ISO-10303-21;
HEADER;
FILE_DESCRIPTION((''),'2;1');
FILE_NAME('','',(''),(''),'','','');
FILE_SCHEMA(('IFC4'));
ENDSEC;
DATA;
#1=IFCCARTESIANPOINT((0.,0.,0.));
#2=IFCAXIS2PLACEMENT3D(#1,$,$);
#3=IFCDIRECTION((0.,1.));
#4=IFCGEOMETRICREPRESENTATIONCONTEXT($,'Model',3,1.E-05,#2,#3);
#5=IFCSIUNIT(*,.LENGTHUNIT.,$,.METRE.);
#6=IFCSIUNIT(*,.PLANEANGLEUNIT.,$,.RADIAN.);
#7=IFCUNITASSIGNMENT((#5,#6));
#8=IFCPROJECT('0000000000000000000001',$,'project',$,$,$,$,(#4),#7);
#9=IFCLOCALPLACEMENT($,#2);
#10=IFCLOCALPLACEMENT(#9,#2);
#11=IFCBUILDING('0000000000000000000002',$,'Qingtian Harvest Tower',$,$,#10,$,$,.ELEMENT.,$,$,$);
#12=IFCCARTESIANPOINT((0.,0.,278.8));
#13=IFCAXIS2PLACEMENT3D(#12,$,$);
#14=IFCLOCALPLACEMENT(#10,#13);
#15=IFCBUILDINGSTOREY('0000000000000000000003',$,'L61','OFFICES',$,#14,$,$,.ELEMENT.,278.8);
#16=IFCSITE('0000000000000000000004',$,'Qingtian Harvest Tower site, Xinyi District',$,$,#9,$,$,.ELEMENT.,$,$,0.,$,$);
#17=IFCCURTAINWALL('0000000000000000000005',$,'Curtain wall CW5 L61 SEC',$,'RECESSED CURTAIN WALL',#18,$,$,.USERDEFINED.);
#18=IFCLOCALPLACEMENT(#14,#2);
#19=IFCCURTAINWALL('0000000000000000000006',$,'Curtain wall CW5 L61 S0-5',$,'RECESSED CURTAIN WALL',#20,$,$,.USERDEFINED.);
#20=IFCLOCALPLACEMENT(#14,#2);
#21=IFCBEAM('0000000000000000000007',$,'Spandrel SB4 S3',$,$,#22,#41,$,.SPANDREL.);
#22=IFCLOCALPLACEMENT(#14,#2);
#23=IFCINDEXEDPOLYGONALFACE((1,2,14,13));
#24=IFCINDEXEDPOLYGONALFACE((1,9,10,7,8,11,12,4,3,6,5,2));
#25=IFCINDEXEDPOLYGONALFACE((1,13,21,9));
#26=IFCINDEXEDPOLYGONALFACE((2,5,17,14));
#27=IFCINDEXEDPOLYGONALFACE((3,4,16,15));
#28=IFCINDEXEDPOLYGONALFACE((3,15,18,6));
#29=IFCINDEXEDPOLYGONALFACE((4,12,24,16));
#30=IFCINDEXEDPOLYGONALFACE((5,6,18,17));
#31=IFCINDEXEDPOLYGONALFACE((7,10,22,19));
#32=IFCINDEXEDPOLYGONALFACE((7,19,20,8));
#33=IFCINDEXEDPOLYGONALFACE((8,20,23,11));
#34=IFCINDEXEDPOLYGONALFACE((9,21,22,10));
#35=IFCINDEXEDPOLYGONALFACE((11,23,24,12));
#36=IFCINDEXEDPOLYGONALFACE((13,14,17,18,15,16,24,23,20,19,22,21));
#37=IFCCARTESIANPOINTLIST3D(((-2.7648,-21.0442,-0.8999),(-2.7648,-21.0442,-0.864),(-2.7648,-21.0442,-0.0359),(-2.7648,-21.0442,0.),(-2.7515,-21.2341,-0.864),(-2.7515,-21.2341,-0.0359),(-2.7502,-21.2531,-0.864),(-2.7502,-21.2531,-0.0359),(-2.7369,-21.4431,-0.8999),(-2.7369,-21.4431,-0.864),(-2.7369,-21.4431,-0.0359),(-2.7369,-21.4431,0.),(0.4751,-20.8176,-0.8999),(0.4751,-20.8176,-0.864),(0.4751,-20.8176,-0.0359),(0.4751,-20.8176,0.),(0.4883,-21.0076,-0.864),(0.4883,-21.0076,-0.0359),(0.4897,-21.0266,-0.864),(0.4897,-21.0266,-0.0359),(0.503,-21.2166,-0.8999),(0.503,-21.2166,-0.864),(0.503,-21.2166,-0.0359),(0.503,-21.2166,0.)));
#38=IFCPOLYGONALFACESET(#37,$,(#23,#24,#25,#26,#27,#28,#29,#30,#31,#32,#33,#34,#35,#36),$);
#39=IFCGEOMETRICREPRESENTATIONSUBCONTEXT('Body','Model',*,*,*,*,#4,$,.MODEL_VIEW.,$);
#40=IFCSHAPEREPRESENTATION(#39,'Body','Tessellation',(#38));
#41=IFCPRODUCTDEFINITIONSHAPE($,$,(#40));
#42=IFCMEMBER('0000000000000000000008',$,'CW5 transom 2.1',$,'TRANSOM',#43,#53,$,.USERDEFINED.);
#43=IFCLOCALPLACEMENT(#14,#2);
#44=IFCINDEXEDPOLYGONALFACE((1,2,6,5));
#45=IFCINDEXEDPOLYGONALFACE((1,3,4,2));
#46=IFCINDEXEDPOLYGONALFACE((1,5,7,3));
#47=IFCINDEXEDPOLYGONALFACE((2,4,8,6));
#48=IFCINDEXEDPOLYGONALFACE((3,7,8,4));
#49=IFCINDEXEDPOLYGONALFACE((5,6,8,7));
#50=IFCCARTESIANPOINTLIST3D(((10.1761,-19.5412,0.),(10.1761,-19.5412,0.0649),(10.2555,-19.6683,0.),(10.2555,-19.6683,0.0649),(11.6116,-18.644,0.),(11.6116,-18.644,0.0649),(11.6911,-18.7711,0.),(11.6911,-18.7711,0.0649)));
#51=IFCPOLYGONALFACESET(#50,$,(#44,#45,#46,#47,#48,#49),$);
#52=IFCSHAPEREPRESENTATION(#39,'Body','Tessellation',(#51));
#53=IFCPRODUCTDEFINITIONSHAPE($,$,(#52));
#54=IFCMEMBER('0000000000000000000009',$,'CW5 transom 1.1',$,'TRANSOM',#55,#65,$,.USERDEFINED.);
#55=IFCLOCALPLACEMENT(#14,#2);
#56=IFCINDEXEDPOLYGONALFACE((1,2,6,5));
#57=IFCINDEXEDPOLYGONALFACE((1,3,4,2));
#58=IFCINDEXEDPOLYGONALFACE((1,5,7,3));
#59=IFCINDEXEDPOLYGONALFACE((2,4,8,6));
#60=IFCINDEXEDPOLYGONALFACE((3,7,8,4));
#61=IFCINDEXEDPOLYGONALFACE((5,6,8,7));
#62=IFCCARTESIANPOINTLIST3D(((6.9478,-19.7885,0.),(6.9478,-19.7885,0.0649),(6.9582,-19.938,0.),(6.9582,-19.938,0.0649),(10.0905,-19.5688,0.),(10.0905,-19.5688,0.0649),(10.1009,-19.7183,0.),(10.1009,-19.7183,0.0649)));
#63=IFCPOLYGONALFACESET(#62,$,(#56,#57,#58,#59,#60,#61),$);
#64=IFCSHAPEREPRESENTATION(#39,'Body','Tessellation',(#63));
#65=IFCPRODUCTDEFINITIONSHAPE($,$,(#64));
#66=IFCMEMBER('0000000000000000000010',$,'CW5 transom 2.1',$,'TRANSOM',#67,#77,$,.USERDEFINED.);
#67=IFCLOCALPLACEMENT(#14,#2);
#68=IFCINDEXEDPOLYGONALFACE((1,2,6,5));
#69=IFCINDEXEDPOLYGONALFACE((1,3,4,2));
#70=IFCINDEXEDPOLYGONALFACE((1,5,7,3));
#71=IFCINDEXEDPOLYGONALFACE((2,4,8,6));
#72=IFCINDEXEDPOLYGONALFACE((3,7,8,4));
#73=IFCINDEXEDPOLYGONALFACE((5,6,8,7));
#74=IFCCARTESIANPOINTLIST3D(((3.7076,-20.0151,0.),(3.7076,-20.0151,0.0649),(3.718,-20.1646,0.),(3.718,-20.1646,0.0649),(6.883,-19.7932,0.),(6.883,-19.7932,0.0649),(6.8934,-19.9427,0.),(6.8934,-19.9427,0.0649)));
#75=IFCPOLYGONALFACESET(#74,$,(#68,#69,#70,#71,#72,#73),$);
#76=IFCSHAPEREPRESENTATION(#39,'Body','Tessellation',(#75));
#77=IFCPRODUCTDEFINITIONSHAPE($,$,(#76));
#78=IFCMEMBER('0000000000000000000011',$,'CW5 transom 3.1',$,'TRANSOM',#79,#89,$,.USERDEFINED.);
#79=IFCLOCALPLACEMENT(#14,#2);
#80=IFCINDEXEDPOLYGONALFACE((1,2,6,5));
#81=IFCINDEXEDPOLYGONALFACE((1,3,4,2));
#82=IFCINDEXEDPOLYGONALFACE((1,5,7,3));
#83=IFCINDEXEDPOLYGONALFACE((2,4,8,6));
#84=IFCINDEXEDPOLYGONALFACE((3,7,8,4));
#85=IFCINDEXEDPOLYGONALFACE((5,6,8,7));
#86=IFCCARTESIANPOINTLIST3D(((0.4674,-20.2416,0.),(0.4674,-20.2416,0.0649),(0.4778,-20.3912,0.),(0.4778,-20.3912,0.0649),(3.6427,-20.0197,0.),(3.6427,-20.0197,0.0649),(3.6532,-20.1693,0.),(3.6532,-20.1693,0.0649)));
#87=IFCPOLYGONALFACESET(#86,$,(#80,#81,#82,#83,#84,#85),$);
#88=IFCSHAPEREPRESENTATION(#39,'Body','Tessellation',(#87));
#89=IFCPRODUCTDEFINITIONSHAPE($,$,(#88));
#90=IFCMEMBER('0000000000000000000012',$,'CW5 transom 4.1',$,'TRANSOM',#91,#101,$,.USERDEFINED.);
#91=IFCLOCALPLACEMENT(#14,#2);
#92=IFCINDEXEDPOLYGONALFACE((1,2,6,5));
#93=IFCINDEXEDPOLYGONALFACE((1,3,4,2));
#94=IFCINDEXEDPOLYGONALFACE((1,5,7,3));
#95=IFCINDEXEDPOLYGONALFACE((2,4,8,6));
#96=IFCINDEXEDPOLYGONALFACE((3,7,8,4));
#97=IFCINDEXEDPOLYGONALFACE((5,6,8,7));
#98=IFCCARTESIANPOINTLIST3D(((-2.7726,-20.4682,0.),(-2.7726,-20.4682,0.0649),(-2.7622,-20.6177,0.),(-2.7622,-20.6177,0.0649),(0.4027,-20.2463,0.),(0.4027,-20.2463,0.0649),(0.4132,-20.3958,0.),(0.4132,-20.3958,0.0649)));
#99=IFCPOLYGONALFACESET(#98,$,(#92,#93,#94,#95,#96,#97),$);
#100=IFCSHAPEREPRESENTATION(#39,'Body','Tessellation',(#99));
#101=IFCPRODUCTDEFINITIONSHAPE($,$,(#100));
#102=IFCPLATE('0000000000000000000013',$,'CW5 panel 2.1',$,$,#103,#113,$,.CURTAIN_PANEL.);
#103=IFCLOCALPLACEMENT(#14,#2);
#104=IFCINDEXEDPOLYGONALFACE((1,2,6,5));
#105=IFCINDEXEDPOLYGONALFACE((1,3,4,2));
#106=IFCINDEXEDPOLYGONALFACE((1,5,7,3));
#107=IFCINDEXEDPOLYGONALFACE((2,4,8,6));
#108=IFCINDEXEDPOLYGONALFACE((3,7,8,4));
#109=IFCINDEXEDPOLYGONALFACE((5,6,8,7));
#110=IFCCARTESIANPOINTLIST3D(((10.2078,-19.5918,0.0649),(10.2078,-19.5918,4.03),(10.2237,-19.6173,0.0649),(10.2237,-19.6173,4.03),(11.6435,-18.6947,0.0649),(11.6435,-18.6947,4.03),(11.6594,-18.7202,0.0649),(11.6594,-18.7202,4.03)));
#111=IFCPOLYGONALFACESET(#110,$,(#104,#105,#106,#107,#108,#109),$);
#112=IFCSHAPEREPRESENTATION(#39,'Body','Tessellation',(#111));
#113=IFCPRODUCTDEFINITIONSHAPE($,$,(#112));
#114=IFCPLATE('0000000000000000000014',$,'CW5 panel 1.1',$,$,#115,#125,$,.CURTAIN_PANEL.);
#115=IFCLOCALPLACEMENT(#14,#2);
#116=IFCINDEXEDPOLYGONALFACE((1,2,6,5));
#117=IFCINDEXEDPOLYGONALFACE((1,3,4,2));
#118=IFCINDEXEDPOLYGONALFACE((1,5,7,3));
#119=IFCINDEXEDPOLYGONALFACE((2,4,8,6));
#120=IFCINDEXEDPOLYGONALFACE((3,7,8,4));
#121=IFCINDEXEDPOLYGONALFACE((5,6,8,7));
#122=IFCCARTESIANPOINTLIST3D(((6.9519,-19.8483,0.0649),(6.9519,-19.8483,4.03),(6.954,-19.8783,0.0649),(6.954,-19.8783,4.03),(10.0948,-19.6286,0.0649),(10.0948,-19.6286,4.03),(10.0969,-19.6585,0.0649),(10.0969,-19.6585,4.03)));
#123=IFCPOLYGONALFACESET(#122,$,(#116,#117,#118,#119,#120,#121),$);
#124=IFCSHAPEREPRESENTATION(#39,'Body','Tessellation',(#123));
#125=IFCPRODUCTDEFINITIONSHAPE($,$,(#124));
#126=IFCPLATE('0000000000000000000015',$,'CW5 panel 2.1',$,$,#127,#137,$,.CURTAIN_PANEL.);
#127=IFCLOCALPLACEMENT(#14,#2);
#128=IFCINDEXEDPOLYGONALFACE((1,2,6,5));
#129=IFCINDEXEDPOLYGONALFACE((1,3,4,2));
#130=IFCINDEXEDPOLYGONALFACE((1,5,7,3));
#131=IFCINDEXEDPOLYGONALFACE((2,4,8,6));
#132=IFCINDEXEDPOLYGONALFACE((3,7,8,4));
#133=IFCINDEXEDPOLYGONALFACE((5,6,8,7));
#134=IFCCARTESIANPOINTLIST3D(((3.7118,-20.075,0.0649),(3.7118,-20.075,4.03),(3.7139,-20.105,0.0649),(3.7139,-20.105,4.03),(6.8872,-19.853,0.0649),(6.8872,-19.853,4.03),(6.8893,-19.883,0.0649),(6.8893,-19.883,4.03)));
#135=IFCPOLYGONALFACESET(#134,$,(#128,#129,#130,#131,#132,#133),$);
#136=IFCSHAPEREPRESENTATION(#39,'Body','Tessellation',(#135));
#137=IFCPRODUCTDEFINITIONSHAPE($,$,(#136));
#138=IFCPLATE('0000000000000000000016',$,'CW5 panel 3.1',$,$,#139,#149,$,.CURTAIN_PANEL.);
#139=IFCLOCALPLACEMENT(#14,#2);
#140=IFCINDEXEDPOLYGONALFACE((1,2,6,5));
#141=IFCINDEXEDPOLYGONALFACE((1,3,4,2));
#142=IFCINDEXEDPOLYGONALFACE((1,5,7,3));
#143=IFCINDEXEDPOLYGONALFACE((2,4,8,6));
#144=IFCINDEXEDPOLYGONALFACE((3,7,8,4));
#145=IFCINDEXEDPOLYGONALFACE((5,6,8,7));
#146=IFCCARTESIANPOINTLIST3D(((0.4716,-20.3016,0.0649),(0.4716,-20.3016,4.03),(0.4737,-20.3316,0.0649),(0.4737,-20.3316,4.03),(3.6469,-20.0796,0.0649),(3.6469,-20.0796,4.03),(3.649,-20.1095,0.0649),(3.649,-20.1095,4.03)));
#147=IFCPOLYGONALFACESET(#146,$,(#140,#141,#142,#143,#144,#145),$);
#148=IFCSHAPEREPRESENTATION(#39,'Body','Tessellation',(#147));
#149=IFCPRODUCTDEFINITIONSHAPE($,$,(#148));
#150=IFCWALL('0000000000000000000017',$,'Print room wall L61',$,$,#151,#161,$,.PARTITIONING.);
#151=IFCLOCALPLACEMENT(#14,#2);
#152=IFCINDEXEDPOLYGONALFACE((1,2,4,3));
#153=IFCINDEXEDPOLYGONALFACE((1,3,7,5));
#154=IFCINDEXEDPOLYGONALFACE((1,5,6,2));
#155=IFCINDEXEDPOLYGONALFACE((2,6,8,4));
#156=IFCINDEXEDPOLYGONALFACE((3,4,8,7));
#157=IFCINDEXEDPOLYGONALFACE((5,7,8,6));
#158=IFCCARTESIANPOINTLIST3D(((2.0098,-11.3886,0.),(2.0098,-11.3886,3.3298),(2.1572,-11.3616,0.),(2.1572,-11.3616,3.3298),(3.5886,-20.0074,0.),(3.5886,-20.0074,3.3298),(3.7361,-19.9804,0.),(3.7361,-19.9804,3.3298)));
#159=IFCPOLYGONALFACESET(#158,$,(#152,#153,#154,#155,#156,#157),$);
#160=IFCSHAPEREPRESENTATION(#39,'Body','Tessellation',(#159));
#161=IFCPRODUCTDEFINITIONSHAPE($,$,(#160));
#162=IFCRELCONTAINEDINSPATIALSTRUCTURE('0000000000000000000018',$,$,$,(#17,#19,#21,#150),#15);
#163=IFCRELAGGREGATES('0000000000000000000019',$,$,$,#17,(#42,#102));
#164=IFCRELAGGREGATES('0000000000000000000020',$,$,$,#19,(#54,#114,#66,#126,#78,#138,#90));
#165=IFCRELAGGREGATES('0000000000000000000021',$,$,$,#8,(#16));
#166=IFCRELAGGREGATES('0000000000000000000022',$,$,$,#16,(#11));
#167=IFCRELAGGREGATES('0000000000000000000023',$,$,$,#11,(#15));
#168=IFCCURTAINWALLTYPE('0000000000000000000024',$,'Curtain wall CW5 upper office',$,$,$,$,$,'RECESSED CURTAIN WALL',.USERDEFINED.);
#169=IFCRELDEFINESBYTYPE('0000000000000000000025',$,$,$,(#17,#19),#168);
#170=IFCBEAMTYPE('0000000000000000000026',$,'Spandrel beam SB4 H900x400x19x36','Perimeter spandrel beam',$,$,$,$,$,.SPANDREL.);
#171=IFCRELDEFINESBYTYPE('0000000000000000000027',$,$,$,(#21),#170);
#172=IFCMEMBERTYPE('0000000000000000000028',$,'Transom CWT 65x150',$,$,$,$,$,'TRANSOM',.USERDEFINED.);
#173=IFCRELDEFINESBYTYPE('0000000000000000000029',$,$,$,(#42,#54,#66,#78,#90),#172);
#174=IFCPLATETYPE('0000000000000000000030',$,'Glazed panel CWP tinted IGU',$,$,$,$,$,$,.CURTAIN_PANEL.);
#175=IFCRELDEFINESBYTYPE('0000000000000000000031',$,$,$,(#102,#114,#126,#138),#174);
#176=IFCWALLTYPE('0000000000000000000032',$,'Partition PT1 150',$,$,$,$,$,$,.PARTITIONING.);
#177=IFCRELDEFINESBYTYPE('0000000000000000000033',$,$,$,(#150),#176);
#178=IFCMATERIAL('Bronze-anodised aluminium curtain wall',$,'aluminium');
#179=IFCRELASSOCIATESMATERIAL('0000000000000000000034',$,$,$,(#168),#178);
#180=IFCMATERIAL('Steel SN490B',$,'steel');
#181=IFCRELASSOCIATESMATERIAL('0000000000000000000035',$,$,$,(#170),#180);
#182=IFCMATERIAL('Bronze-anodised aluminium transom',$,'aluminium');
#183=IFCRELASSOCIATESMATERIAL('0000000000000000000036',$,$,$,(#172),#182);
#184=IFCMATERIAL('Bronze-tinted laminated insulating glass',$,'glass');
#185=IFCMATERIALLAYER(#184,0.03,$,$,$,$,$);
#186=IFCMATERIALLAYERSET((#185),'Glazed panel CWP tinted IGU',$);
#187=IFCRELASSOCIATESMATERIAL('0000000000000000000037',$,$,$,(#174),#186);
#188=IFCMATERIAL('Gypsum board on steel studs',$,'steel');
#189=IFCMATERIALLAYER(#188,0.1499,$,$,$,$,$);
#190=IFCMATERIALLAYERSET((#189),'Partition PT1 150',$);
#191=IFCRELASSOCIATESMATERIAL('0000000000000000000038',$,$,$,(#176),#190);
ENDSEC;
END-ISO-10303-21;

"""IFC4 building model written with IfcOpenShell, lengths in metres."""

from ifc_helpers import new_model, si_unit, direction, frame, frame_2d, origin, origin_2d, place, context, subcontext, project, spatial, rectangle, i_section, extrude, material, layer, layer_set, material_profile, profile_set, type_object, element, aggregate, save


model = new_model("IFC4")

# Units and contexts
model_context = context("Model", 3, precision=1e-05, world=origin(), true_north=direction((0.0, 1.0)))
body_context = subcontext(model_context, "Body", "Model", "MODEL_VIEW")
ifc_project = project(units=[si_unit("LENGTHUNIT", "METRE"), si_unit("PLANEANGLEUNIT", "RADIAN")], contexts=[model_context])

# Site, building, storey
site_placement = place(None, origin())
site = spatial("IfcSite", under=ifc_project, at=site_placement, Name="Qingtian Harvest Tower site, Xinyi District", CompositionType="ELEMENT", RefElevation=0.0)
building_placement = place(site_placement, origin())
building = spatial("IfcBuilding", under=site, at=building_placement, Name="Qingtian Harvest Tower", CompositionType="ELEMENT")
storey_placement = place(building_placement, frame((0.0, 0.0, 278.8)))
storey = spatial("IfcBuildingStorey", under=building, at=storey_placement, Name="L61", Description="OFFICES", CompositionType="ELEMENT", Elevation=278.8)

# Curtain wall
ifc_material_1 = material(Name="Bronze-anodised aluminium curtain wall", Category="aluminium")
curtain_wall_type = type_object("IfcCurtainWallType", Name="Curtain wall CW5 upper office", ElementType="RECESSED CURTAIN WALL", PredefinedType="USERDEFINED", material=ifc_material_1)
curtain_wall_1_placement = place(storey_placement, origin())
curtain_wall_1 = element("IfcCurtainWall", 1, at=curtain_wall_1_placement, inside=storey, type_object=curtain_wall_type, Name="Curtain wall CW5 L61 SEC", ObjectType="RECESSED CURTAIN WALL", PredefinedType="USERDEFINED")

# Curtain wall
curtain_wall_2_placement = place(storey_placement, origin())
curtain_wall_2 = element("IfcCurtainWall", 2, at=curtain_wall_2_placement, inside=storey, type_object=curtain_wall_type, Name="Curtain wall CW5 L61 S0-5", ObjectType="RECESSED CURTAIN WALL", PredefinedType="USERDEFINED")

# Beam
ifc_material_2 = material(Name="Steel SN490B", Category="steel")
ifc_material_profile_1 = material_profile(ifc_material_2, i_section(OverallWidth=0.3999, OverallDepth=0.8999, WebThickness=0.019, FlangeThickness=0.0359, at=origin_2d()), Name="H900x400x19x36")
ifc_profile_set_1 = profile_set([ifc_material_profile_1], Name="Steel SN490B")
beam_type_1 = type_object("IfcBeamType", Name="Spandrel beam SB4 H900x400x19x36", Description="Perimeter spandrel beam", PredefinedType="SPANDREL", material=ifc_profile_set_1)
beam_1_placement = place(storey_placement, frame((0.489, -21.0171, -0.45), z_axis=(-0.997564, -0.069757, 0.0), x_axis=(0.069757, -0.997564, 0.0)))
element("IfcBeam", 3, at=beam_1_placement, inside=storey, type_object=beam_type_1, Name="Spandrel SB4 S3", PredefinedType="SPANDREL", context=body_context, shape_type="SweptSolid", body=[
    extrude(i_section(OverallWidth=0.3999, OverallDepth=0.8999, WebThickness=0.019, FlangeThickness=0.0359, at=origin_2d()), origin(), (0.0, 0.0, 1.0), 3.2478),
])

# Members
ifc_material_3 = material(Name="Bronze-anodised aluminium transom", Category="aluminium")
ifc_material_profile_2 = material_profile(ifc_material_3, rectangle(XDim=0.1499, YDim=0.0649, at=origin_2d()), Name="AL 65x150")
ifc_profile_set_2 = profile_set([ifc_material_profile_2], Name="Bronze-anodised aluminium transom")
member_type_1 = type_object("IfcMemberType", Name="Transom CWT 65x150", ElementType="TRANSOM", PredefinedType="USERDEFINED", material=ifc_profile_set_2)
member_1_placement = place(storey_placement, frame((11.6514, -18.7075, 0.0325), z_axis=(-0.847998, -0.529999, 0.0), x_axis=(0.529999, -0.847998, 0.0)))
member_1 = element("IfcMember", 4, at=member_1_placement, type_object=member_type_1, Name="CW5 transom 2.1", ObjectType="TRANSOM", PredefinedType="USERDEFINED", context=body_context, shape_type="SweptSolid", body=[
    extrude(rectangle(XDim=0.1499, YDim=0.0649, at=origin_2d()), origin(), (0.0, 0.0, 1.0), 1.6929),
])
member_2_placement = place(storey_placement, frame((10.0957, -19.6436, 0.0325), z_axis=(-0.997565, -0.069744, 0.0), x_axis=(0.069744, -0.997565, 0.0)))
member_2 = element("IfcMember", 5, at=member_2_placement, type_object=member_type_1, Name="CW5 transom 1.1", ObjectType="TRANSOM", PredefinedType="USERDEFINED", context=body_context, shape_type="SweptSolid", body=[
    extrude(rectangle(XDim=0.1499, YDim=0.0649, at=origin_2d()), origin(), (0.0, 0.0, 1.0), 3.1504),
])
member_3_placement = place(storey_placement, frame((6.8882, -19.8679, 0.0325), z_axis=(-0.997567, -0.069721, 0.0), x_axis=(0.069721, -0.997567, 0.0)))
member_3 = element("IfcMember", 6, at=member_3_placement, type_object=member_type_1, Name="CW5 transom 2.1", ObjectType="TRANSOM", PredefinedType="USERDEFINED", context=body_context, shape_type="SweptSolid", body=[
    extrude(rectangle(XDim=0.1499, YDim=0.0649, at=origin_2d()), origin(), (0.0, 0.0, 1.0), 3.1831),
])
member_4_placement = place(storey_placement, frame((3.6479, -20.0945, 0.0325), z_axis=(-0.997567, -0.069721, 0.0), x_axis=(0.069721, -0.997567, 0.0)))
member_4 = element("IfcMember", 7, at=member_4_placement, type_object=member_type_1, Name="CW5 transom 3.1", ObjectType="TRANSOM", PredefinedType="USERDEFINED", context=body_context, shape_type="SweptSolid", body=[
    extrude(rectangle(XDim=0.1499, YDim=0.0649, at=origin_2d()), origin(), (0.0, 0.0, 1.0), 3.1831),
])
member_5_placement = place(storey_placement, frame((0.408, -20.321, 0.0325), z_axis=(-0.997567, -0.069721, 0.0), x_axis=(0.069721, -0.997567, 0.0)))
member_5 = element("IfcMember", 8, at=member_5_placement, type_object=member_type_1, Name="CW5 transom 4.1", ObjectType="TRANSOM", PredefinedType="USERDEFINED", context=body_context, shape_type="SweptSolid", body=[
    extrude(rectangle(XDim=0.1499, YDim=0.0649, at=origin_2d()), origin(), (0.0, 0.0, 1.0), 3.1831),
])

# Plates
ifc_material_4 = material(Name="Bronze-tinted laminated insulating glass", Category="glass")
ifc_layer_1 = layer(ifc_material_4, 0.03)
ifc_layer_set_1 = layer_set([ifc_layer_1], Name="Glazed panel CWP tinted IGU")
plate_type = type_object("IfcPlateType", Name="Glazed panel CWP tinted IGU", PredefinedType="CURTAIN_PANEL", material=ifc_layer_set_1)
plate_1_placement = place(storey_placement, frame((10.9336, -19.156, 0.0649), z_axis=(0.0, 0.0, 1.0), x_axis=(-0.848048, -0.529919, 0.0)))
plate_1 = element("IfcPlate", 9, at=plate_1_placement, type_object=plate_type, Name="CW5 panel 2.1", PredefinedType="CURTAIN_PANEL", context=body_context, shape_type="SweptSolid", body=[
    extrude(rectangle(XDim=1.6929, YDim=0.03, at=origin_2d()), origin(), (0.0, 0.0, 1.0), 3.9651),
])
aggregate(curtain_wall_1, [member_1, plate_1])
plate_2_placement = place(storey_placement, frame((8.5244, -19.7534, 0.0649), z_axis=(0.0, 0.0, 1.0), x_axis=(-0.997564, -0.069756, 0.0)))
plate_2 = element("IfcPlate", 10, at=plate_2_placement, type_object=plate_type, Name="CW5 panel 1.1", PredefinedType="CURTAIN_PANEL", context=body_context, shape_type="SweptSolid", body=[
    extrude(rectangle(XDim=3.1506, YDim=0.03, at=origin_2d()), origin(), (0.0, 0.0, 1.0), 3.9651),
])
plate_3_placement = place(storey_placement, frame((5.3005, -19.979, 0.0649), z_axis=(0.0, 0.0, 1.0), x_axis=(-0.997564, -0.069756, 0.0)))
plate_3 = element("IfcPlate", 11, at=plate_3_placement, type_object=plate_type, Name="CW5 panel 2.1", PredefinedType="CURTAIN_PANEL", context=body_context, shape_type="SweptSolid", body=[
    extrude(rectangle(XDim=3.1831, YDim=0.03, at=origin_2d()), origin(), (0.0, 0.0, 1.0), 3.9651),
])
plate_4_placement = place(storey_placement, frame((2.0603, -20.2056, 0.0649), z_axis=(0.0, 0.0, 1.0), x_axis=(-0.997564, -0.069756, 0.0)))
plate_4 = element("IfcPlate", 12, at=plate_4_placement, type_object=plate_type, Name="CW5 panel 3.1", PredefinedType="CURTAIN_PANEL", context=body_context, shape_type="SweptSolid", body=[
    extrude(rectangle(XDim=3.1831, YDim=0.03, at=origin_2d()), origin(), (0.0, 0.0, 1.0), 3.9651),
])
aggregate(curtain_wall_2, [member_2, plate_2, member_3, plate_3, member_4, plate_4, member_5])

# Wall
ifc_material_5 = material(Name="Gypsum board on steel studs", Category="steel")
ifc_layer_2 = layer(ifc_material_5, 0.1499)
ifc_layer_set_2 = layer_set([ifc_layer_2], Name="Partition PT1 150")
wall_type = type_object("IfcWallType", Name="Partition PT1 150", PredefinedType="PARTITIONING", material=ifc_layer_set_2)
wall_placement = place(storey_placement, frame((3.6624, -19.9939, 0.0), z_axis=(0.0, 0.0, 1.0), x_axis=(-0.180187, 0.983632, 0.0)))
element("IfcWall", 13, at=wall_placement, inside=storey, type_object=wall_type, Name="Print room wall L61", PredefinedType="PARTITIONING", context=body_context, shape_type="SweptSolid", body=[
    extrude(rectangle(XDim=8.7622, YDim=0.1499, at=frame_2d((4.3811, 0.0))), origin(), (0.0, 0.0, 1.0), 3.3298),
])

save(model, "model.ifc")
